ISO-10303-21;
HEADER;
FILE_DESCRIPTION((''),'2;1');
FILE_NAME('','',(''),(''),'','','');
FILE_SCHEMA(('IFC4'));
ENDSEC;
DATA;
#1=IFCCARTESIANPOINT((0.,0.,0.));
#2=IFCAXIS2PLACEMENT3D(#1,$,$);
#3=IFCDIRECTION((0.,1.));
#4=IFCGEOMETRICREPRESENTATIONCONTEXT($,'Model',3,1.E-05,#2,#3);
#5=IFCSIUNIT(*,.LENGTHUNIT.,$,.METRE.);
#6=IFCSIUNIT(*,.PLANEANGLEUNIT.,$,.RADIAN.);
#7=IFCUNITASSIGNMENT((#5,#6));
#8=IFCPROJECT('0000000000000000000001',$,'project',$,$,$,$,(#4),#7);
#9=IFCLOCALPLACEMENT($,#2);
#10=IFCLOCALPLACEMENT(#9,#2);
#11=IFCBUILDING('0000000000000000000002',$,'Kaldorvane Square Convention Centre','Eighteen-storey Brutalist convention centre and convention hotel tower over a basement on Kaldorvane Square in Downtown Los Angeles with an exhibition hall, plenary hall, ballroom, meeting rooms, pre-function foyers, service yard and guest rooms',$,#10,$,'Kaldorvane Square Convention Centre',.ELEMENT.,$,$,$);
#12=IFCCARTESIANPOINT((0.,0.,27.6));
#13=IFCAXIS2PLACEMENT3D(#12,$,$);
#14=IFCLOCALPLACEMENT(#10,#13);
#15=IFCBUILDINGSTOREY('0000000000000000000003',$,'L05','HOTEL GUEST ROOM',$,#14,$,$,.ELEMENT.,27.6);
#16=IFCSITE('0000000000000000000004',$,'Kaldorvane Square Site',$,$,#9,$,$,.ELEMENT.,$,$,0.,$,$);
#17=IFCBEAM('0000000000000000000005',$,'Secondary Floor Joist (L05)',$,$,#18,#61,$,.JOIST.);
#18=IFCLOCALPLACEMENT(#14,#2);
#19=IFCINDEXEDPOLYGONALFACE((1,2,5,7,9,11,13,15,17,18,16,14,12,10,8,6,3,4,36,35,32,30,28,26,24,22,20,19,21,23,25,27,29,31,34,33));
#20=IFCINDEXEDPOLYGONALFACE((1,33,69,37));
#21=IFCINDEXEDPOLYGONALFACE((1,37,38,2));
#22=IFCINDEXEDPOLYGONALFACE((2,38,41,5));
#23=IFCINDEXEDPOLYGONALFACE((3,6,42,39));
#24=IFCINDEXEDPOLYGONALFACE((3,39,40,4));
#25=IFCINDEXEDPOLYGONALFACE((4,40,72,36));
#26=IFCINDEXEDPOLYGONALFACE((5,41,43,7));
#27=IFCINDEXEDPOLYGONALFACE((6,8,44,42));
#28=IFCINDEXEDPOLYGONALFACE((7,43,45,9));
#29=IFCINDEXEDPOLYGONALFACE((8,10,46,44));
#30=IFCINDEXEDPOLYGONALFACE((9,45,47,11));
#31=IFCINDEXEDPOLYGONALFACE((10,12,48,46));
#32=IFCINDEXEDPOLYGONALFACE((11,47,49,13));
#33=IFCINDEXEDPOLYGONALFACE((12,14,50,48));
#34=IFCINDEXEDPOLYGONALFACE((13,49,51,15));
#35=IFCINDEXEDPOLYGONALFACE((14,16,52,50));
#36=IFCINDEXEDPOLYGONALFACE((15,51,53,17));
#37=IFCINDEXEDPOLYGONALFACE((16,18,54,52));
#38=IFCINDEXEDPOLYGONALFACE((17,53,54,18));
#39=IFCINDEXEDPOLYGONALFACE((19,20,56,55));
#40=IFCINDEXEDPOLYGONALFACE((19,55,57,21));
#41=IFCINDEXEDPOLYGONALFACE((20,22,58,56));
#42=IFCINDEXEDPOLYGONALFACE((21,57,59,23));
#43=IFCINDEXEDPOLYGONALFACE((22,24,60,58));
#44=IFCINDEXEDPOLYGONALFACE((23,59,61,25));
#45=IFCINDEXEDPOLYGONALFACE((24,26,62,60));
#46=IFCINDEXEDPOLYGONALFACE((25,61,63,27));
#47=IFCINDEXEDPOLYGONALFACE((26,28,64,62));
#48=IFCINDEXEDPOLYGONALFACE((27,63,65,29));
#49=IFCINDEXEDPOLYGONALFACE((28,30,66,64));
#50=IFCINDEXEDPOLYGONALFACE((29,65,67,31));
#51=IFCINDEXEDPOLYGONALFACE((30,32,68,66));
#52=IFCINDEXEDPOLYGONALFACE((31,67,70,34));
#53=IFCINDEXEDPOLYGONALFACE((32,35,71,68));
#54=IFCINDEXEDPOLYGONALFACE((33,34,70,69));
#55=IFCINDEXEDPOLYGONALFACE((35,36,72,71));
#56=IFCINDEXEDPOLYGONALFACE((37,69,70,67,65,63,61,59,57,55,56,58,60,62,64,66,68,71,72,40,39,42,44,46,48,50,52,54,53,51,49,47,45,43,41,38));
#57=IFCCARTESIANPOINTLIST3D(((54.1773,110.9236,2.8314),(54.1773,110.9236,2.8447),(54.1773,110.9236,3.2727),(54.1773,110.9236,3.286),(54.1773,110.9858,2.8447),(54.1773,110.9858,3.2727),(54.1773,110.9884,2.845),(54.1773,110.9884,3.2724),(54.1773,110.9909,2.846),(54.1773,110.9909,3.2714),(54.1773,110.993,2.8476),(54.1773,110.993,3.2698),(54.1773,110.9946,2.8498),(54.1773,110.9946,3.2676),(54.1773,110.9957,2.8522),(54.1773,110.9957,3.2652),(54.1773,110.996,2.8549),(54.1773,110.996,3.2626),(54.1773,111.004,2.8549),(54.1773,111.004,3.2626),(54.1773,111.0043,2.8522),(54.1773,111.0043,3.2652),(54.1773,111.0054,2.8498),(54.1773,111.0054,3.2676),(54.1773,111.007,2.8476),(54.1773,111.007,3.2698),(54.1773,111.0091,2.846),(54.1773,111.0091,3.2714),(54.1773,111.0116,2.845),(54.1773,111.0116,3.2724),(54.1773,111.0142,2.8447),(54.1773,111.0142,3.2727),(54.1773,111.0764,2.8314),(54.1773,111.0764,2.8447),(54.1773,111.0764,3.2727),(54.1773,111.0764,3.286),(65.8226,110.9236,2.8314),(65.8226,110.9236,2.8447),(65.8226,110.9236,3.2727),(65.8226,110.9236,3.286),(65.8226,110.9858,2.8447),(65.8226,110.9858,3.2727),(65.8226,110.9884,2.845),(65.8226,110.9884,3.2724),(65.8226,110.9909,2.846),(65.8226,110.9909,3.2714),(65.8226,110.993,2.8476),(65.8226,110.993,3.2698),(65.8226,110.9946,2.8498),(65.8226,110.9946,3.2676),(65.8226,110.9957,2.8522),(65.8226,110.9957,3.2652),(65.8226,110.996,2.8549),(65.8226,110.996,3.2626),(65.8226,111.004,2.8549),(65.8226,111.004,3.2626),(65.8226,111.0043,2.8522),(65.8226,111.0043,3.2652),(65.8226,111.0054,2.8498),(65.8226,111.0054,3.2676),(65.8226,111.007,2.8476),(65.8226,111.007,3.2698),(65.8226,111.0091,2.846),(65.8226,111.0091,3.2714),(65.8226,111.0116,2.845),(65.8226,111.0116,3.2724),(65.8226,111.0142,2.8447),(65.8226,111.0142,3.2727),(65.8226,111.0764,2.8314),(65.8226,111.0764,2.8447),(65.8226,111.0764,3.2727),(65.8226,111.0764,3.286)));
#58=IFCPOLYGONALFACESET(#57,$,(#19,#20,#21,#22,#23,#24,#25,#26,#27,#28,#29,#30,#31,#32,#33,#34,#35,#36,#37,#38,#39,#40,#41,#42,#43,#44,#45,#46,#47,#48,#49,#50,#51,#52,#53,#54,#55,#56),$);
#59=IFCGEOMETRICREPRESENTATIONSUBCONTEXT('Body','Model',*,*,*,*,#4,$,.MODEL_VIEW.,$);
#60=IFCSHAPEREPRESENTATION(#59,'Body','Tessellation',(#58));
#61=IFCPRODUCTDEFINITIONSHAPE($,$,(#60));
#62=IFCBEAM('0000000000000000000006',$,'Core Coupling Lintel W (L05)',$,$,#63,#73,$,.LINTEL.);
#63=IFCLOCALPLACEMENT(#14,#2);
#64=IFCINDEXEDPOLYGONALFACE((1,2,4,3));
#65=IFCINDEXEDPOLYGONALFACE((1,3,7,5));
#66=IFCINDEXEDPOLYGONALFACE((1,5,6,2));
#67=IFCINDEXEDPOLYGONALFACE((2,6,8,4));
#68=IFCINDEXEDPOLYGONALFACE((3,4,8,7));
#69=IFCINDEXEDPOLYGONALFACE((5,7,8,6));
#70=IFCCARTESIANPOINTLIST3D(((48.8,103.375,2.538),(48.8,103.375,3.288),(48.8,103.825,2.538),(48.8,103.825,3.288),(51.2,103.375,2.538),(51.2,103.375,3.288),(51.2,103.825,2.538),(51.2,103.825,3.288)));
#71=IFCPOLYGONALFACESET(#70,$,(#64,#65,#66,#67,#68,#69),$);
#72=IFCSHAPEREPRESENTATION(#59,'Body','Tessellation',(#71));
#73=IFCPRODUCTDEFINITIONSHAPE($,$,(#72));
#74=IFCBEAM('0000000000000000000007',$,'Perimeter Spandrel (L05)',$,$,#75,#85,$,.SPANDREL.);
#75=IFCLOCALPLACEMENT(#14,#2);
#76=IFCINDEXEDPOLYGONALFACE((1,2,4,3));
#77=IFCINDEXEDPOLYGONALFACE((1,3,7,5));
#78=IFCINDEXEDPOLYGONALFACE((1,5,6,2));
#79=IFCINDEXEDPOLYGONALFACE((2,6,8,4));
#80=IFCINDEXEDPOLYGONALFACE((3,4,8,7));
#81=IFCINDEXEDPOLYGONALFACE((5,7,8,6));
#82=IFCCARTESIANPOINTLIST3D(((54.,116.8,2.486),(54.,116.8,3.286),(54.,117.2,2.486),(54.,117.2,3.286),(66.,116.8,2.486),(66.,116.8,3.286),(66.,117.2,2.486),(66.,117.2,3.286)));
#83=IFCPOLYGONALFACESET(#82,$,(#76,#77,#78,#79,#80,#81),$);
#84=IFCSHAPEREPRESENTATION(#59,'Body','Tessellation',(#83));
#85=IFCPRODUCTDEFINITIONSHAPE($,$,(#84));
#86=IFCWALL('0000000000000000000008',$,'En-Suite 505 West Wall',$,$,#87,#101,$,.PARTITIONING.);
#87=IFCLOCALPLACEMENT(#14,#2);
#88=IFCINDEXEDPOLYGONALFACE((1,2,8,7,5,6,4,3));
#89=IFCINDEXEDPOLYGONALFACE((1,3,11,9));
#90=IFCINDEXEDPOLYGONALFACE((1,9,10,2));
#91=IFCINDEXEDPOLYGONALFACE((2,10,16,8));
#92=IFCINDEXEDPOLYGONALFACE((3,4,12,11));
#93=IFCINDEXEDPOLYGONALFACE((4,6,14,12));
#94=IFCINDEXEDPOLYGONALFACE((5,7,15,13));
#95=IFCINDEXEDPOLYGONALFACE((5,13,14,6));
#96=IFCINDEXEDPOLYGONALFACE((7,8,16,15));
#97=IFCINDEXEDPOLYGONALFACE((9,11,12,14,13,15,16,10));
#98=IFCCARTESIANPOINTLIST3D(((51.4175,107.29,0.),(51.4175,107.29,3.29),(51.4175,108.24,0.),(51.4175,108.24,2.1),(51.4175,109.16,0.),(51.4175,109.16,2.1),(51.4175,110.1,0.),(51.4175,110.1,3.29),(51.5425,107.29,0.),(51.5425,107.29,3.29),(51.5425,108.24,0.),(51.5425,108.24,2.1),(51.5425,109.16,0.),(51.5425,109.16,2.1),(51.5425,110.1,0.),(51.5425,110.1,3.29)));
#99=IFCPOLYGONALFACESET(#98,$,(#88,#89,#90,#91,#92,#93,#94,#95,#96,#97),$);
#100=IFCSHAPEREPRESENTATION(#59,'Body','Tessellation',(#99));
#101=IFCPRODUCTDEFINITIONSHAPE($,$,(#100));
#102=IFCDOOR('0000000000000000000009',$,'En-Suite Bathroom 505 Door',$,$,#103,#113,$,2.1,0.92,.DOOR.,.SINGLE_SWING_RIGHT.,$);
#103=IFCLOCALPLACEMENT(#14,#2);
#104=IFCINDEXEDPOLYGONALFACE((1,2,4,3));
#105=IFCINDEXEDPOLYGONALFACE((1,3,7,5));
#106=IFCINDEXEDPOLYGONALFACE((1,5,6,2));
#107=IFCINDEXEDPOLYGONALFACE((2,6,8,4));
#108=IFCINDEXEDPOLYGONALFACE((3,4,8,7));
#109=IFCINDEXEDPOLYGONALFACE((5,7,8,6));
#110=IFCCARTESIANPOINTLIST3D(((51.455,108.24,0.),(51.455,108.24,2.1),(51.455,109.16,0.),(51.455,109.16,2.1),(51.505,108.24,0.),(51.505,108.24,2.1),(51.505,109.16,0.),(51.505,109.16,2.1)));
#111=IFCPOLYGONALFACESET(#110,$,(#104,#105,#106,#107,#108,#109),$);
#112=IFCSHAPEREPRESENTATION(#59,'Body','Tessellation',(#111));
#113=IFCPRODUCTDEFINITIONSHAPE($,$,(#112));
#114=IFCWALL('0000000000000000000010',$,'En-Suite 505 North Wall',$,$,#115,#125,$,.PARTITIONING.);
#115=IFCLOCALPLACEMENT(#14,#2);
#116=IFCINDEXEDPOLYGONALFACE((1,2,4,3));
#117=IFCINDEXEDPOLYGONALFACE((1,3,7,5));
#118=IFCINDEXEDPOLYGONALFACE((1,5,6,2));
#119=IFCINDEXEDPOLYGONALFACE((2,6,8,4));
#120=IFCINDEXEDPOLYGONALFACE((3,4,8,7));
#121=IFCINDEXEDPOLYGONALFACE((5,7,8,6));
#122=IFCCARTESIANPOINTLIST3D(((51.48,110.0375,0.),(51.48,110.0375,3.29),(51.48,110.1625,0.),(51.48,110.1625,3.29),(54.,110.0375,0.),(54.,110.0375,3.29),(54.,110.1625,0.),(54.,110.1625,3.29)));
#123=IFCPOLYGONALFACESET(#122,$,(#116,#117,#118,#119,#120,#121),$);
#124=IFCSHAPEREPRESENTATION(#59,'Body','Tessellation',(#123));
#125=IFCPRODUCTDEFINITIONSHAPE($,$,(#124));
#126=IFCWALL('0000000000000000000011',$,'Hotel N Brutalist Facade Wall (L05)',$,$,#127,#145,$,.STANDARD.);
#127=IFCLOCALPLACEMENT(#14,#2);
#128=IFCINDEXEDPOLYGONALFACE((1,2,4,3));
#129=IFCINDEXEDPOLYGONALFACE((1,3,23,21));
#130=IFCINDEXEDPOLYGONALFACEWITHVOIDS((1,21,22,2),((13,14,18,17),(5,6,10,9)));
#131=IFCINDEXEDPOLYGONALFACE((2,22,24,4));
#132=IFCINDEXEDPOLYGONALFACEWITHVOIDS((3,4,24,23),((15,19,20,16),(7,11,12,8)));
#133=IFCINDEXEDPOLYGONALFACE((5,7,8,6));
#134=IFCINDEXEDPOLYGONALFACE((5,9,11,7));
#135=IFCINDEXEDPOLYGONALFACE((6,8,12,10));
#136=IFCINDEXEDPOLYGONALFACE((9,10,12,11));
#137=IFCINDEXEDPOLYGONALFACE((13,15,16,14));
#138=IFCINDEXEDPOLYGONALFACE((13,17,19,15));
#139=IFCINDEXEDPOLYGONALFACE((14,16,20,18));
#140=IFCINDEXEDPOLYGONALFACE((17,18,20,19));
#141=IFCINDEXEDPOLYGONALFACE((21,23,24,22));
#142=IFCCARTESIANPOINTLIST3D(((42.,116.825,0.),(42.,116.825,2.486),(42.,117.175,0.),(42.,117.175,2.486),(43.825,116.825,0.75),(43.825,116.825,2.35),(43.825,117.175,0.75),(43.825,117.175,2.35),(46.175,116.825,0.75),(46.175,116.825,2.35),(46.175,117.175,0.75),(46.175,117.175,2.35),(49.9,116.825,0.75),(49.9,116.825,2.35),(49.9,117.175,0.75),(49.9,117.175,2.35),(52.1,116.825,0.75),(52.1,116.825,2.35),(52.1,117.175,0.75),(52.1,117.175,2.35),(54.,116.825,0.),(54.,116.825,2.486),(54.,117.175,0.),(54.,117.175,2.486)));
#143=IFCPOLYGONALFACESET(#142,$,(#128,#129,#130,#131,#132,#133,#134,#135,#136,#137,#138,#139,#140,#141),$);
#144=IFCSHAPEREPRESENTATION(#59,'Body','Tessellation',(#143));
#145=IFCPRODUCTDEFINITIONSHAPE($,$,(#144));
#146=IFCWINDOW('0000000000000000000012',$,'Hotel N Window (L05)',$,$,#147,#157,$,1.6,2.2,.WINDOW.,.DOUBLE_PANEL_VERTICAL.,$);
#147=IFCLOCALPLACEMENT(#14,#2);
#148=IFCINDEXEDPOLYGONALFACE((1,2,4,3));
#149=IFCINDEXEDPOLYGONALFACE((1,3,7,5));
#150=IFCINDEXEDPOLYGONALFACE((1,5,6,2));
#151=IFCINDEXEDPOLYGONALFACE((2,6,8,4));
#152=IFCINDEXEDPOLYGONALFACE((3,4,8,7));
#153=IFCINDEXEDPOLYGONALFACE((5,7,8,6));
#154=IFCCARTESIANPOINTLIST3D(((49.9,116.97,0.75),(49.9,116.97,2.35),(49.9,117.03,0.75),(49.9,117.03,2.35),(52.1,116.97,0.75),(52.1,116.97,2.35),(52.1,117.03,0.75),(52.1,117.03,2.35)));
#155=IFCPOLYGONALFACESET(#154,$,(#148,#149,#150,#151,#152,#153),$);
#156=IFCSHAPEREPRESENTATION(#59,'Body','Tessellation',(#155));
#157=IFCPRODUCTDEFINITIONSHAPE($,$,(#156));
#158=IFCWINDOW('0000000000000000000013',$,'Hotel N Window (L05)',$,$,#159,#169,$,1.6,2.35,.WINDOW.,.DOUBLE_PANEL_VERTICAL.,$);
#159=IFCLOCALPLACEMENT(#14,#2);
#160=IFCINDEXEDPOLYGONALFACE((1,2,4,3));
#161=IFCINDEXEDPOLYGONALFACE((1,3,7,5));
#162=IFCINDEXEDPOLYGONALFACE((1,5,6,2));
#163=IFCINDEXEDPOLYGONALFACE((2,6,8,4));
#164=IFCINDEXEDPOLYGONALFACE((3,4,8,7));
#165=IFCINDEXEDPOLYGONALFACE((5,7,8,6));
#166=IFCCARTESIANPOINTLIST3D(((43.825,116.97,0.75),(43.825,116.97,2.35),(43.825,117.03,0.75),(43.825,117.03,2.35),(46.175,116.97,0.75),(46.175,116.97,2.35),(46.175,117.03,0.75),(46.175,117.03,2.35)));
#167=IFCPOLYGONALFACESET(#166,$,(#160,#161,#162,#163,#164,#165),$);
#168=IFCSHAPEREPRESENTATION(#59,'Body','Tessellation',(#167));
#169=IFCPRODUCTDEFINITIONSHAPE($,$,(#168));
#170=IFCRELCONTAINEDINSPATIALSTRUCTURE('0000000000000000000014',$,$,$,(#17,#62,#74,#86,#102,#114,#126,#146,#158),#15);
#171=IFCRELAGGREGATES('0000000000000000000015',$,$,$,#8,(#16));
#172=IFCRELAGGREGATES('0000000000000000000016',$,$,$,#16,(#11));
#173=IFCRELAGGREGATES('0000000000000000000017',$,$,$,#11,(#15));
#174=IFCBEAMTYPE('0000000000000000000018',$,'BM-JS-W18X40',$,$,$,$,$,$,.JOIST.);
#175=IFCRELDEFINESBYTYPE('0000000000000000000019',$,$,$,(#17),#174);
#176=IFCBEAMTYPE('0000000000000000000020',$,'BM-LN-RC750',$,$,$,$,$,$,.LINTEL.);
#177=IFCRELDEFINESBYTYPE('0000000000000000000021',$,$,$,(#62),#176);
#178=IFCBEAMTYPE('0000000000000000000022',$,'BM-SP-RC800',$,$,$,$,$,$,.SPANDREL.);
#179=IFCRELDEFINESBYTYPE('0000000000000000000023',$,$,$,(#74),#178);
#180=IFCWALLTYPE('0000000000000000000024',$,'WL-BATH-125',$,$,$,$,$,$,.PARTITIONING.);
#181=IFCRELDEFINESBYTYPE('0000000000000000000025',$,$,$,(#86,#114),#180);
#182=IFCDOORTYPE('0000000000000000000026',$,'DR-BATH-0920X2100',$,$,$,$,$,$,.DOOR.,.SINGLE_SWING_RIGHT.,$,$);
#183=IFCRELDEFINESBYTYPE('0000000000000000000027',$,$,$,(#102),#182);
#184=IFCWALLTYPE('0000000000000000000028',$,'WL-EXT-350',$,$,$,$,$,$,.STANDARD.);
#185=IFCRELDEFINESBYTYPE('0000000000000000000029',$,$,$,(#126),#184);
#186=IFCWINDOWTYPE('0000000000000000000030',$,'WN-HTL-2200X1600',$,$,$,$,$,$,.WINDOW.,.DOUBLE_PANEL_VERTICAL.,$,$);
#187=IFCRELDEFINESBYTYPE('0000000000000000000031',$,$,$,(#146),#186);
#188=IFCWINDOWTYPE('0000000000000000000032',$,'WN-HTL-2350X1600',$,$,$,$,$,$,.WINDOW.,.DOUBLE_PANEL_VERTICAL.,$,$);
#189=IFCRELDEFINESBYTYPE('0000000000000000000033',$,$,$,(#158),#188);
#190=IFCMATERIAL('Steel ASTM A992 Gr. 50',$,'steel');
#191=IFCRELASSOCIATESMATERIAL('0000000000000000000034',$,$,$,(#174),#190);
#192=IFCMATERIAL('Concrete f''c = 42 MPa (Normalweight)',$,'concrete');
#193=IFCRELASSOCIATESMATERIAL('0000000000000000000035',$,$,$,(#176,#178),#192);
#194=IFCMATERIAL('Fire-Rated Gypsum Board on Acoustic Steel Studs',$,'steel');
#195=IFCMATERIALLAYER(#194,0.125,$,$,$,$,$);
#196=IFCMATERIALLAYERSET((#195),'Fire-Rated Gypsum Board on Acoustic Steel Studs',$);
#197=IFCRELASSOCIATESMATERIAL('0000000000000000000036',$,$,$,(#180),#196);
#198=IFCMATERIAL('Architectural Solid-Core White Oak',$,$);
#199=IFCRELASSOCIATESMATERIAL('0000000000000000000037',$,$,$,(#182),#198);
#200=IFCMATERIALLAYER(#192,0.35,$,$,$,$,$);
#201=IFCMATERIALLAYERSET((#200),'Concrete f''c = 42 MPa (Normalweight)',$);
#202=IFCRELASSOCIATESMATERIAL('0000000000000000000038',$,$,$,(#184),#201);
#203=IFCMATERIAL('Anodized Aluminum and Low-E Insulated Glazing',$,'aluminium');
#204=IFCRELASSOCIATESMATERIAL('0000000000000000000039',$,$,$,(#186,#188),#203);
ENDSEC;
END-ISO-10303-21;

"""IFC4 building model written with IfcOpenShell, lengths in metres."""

from ifc_helpers import new_model, si_unit, direction, frame, frame_2d, origin, origin_2d, place, context, subcontext, project, spatial, rectangle, i_section, extrude, material, layer, layer_set, material_profile, profile_set, type_object, element, fill, save


model = new_model("IFC4")

# Units and contexts
model_context = context("Model", 3, precision=1e-05, world=origin(), true_north=direction((0.0, 1.0)))
body_context = subcontext(model_context, "Body", "Model", "MODEL_VIEW")
ifc_project = project(units=[si_unit("LENGTHUNIT", "METRE"), si_unit("PLANEANGLEUNIT", "RADIAN")], contexts=[model_context])

# Site, building, storey
site_placement = place(None, origin())
site = spatial("IfcSite", under=ifc_project, at=site_placement, Name="Kaldorvane Square Site", CompositionType="ELEMENT", RefElevation=0.0)
building_placement = place(site_placement, origin())
building = spatial("IfcBuilding", under=site, at=building_placement, Name="Kaldorvane Square Convention Centre", Description="Eighteen-storey Brutalist convention centre and convention hotel tower over a basement on Kaldorvane Square in Downtown Los Angeles with an exhibition hall, plenary hall, ballroom, meeting rooms, pre-function foyers, service yard and guest rooms", LongName="Kaldorvane Square Convention Centre", CompositionType="ELEMENT")
storey_placement = place(building_placement, frame((0.0, 0.0, 27.6)))
storey = spatial("IfcBuildingStorey", under=building, at=storey_placement, Name="L05", Description="HOTEL GUEST ROOM", CompositionType="ELEMENT", Elevation=27.6)

# Shared definitions
ifc_material_1 = material(Name="Steel ASTM A992 Gr. 50", Category="steel")

# Beams
ifc_material_profile_1 = material_profile(ifc_material_1, i_section(OverallWidth=0.1528, OverallDepth=0.4547, WebThickness=0.008, FlangeThickness=0.0133, FilletRadius=0.0102, at=origin_2d()), Name="W18X40")
ifc_profile_set_1 = profile_set([ifc_material_profile_1], Name="Steel ASTM A992 Gr. 50")
beam_type_1 = type_object("IfcBeamType", Name="BM-JS-W18X40", PredefinedType="JOIST", material=ifc_profile_set_1)
beam_1_placement = place(storey_placement, frame((54.1773, 111.0, 3.0587), z_axis=(1.0, 0.0, 0.0), x_axis=(0.0, 1.0, 0.0)))
element("IfcBeam", 1, at=beam_1_placement, inside=storey, type_object=beam_type_1, Name="Secondary Floor Joist (L05)", PredefinedType="JOIST", context=body_context, shape_type="SweptSolid", body=[
    extrude(i_section(OverallWidth=0.1528, OverallDepth=0.4547, WebThickness=0.008, FlangeThickness=0.0133, FilletRadius=0.0102, at=origin_2d()), origin(), (0.0, 0.0, 1.0), 11.6453),
])
ifc_material_2 = material(Name="Concrete f'c = 42 MPa (Normalweight)", Category="concrete")
ifc_material_profile_2 = material_profile(ifc_material_2, rectangle(XDim=0.45, YDim=0.75, at=origin_2d()), Name="RCLN750X450")
ifc_profile_set_2 = profile_set([ifc_material_profile_2], Name="Concrete f'c = 42 MPa (Normalweight)")
beam_type_2 = type_object("IfcBeamType", Name="BM-LN-RC750", PredefinedType="LINTEL", material=ifc_profile_set_2)
beam_2_placement = place(storey_placement, frame((48.8, 103.6, 2.913), z_axis=(1.0, 0.0, 0.0), x_axis=(0.0, 1.0, 0.0)))
element("IfcBeam", 2, at=beam_2_placement, inside=storey, type_object=beam_type_2, Name="Core Coupling Lintel W (L05)", PredefinedType="LINTEL", context=body_context, shape_type="SweptSolid", body=[
    extrude(rectangle(XDim=0.45, YDim=0.75, at=origin_2d()), origin(), (0.0, 0.0, 1.0), 2.4),
])
ifc_material_profile_3 = material_profile(ifc_material_2, rectangle(XDim=0.4, YDim=0.8, at=origin_2d()), Name="RCSP800X400")
ifc_profile_set_3 = profile_set([ifc_material_profile_3], Name="Concrete f'c = 42 MPa (Normalweight)")
beam_type_3 = type_object("IfcBeamType", Name="BM-SP-RC800", PredefinedType="SPANDREL", material=ifc_profile_set_3)
beam_3_placement = place(storey_placement, frame((54.0, 117.0, 2.886), z_axis=(1.0, 0.0, 0.0), x_axis=(0.0, 1.0, 0.0)))
element("IfcBeam", 3, at=beam_3_placement, inside=storey, type_object=beam_type_3, Name="Perimeter Spandrel (L05)", PredefinedType="SPANDREL", context=body_context, shape_type="SweptSolid", body=[
    extrude(rectangle(XDim=0.4, YDim=0.8, at=origin_2d()), origin(), (0.0, 0.0, 1.0), 12.0),
])

# Wall, opening, door
ifc_material_3 = material(Name="Fire-Rated Gypsum Board on Acoustic Steel Studs", Category="steel")
ifc_layer_1 = layer(ifc_material_3, 0.125)
ifc_layer_set_1 = layer_set([ifc_layer_1], Name="Fire-Rated Gypsum Board on Acoustic Steel Studs")
wall_type_1 = type_object("IfcWallType", Name="WL-BATH-125", PredefinedType="PARTITIONING", material=ifc_layer_set_1)
wall_1_placement = place(storey_placement, frame((51.48, 107.29, 0.0), z_axis=(0.0, 0.0, 1.0), x_axis=(0.0, 1.0, 0.0)))
wall_1 = element("IfcWall", 4, at=wall_1_placement, inside=storey, type_object=wall_type_1, Name="En-Suite 505 West Wall", PredefinedType="PARTITIONING", context=body_context, shape_type="SweptSolid", body=[
    extrude(rectangle(XDim=2.81, YDim=0.125, at=frame_2d((1.405, 0.0))), origin(), (0.0, 0.0, 1.0), 3.29),
])
opening_1_placement = place(wall_1_placement, frame((0.95, 0.0, 0.0)))
opening_1 = element("IfcOpeningElement", 5, at=opening_1_placement, cuts=wall_1, PredefinedType="OPENING", context=body_context, shape_type="SweptSolid", body=[
    extrude(rectangle(XDim=0.92, YDim=2.1, at=frame_2d((0.46, 1.05))), frame((0.0, 0.0775, 0.0), z_axis=(0.0, -1.0, 0.0), x_axis=(1.0, 0.0, 0.0)), (0.0, 0.0, 1.0), 0.155),
])
ifc_material_4 = material(Name="Architectural Solid-Core White Oak")
door_type_1 = type_object("IfcDoorType", Name="DR-BATH-0920X2100", OperationType="SINGLE_SWING_RIGHT", PredefinedType="DOOR", material=ifc_material_4)
door_1_placement = place(opening_1_placement, origin())
door_1 = element("IfcDoor", 6, at=door_1_placement, inside=storey, type_object=door_type_1, Name="En-Suite Bathroom 505 Door", OperationType="SINGLE_SWING_RIGHT", OverallHeight=2.1, OverallWidth=0.92, PredefinedType="DOOR", context=body_context, shape_type="SweptSolid", body=[
    extrude(rectangle(XDim=0.92, YDim=2.1, at=frame_2d((0.46, 1.05))), frame((0.0, 0.025, 0.0), z_axis=(0.0, -1.0, 0.0), x_axis=(1.0, 0.0, 0.0)), (0.0, 0.0, 1.0), 0.05),
])
fill(opening_1, door_1)

# Wall
wall_2_placement = place(storey_placement, frame((51.48, 110.1, 0.0), z_axis=(0.0, 0.0, 1.0), x_axis=(1.0, 0.0, 0.0)))
element("IfcWall", 7, at=wall_2_placement, inside=storey, type_object=wall_type_1, Name="En-Suite 505 North Wall", PredefinedType="PARTITIONING", context=body_context, shape_type="SweptSolid", body=[
    extrude(rectangle(XDim=2.52, YDim=0.125, at=frame_2d((1.26, 0.0))), origin(), (0.0, 0.0, 1.0), 3.29),
])

# Wall, openings, windows
ifc_layer_2 = layer(ifc_material_2, 0.35)
ifc_layer_set_2 = layer_set([ifc_layer_2], Name="Concrete f'c = 42 MPa (Normalweight)")
wall_type_2 = type_object("IfcWallType", Name="WL-EXT-350", PredefinedType="STANDARD", material=ifc_layer_set_2)
wall_3_placement = place(storey_placement, frame((54.0, 117.0, 0.0), z_axis=(0.0, 0.0, 1.0), x_axis=(-1.0, 0.0, 0.0)))
wall_3 = element("IfcWall", 8, at=wall_3_placement, inside=storey, type_object=wall_type_2, Name="Hotel N Brutalist Facade Wall (L05)", PredefinedType="STANDARD", context=body_context, shape_type="SweptSolid", body=[
    extrude(rectangle(XDim=12.0, YDim=0.35, at=frame_2d((6.0, 0.0))), origin(), (0.0, 0.0, 1.0), 2.486),
])
opening_2_placement = place(wall_3_placement, frame((1.9, 0.0, 0.75)))
opening_2 = element("IfcOpeningElement", 9, at=opening_2_placement, cuts=wall_3, PredefinedType="OPENING", context=body_context, shape_type="SweptSolid", body=[
    extrude(rectangle(XDim=2.2, YDim=1.6, at=frame_2d((1.1, 0.8))), frame((0.0, 0.19, 0.0), z_axis=(0.0, -1.0, 0.0), x_axis=(1.0, 0.0, 0.0)), (0.0, 0.0, 1.0), 0.38),
])
opening_3_placement = place(wall_3_placement, frame((7.825, 0.0, 0.75)))
opening_3 = element("IfcOpeningElement", 10, at=opening_3_placement, cuts=wall_3, PredefinedType="OPENING", context=body_context, shape_type="SweptSolid", body=[
    extrude(rectangle(XDim=2.35, YDim=1.6, at=frame_2d((1.175, 0.8))), frame((0.0, 0.19, 0.0), z_axis=(0.0, -1.0, 0.0), x_axis=(1.0, 0.0, 0.0)), (0.0, 0.0, 1.0), 0.38),
])
ifc_material_5 = material(Name="Anodized Aluminum and Low-E Insulated Glazing", Category="aluminium")
window_type_1 = type_object("IfcWindowType", Name="WN-HTL-2200X1600", PartitioningType="DOUBLE_PANEL_VERTICAL", PredefinedType="WINDOW", material=ifc_material_5)
window_1_placement = place(opening_2_placement, origin())
window_1 = element("IfcWindow", 11, at=window_1_placement, inside=storey, type_object=window_type_1, Name="Hotel N Window (L05)", OverallHeight=1.6, OverallWidth=2.2, PartitioningType="DOUBLE_PANEL_VERTICAL", PredefinedType="WINDOW", context=body_context, shape_type="SweptSolid", body=[
    extrude(rectangle(XDim=2.2, YDim=1.6, at=frame_2d((1.1, 0.8))), frame((0.0, 0.03, 0.0), z_axis=(0.0, -1.0, 0.0), x_axis=(1.0, 0.0, 0.0)), (0.0, 0.0, 1.0), 0.06),
])
fill(opening_2, window_1)
window_type_2 = type_object("IfcWindowType", Name="WN-HTL-2350X1600", PartitioningType="DOUBLE_PANEL_VERTICAL", PredefinedType="WINDOW", material=ifc_material_5)
window_2_placement = place(opening_3_placement, origin())
window_2 = element("IfcWindow", 12, at=window_2_placement, inside=storey, type_object=window_type_2, Name="Hotel N Window (L05)", OverallHeight=1.6, OverallWidth=2.35, PartitioningType="DOUBLE_PANEL_VERTICAL", PredefinedType="WINDOW", context=body_context, shape_type="SweptSolid", body=[
    extrude(rectangle(XDim=2.35, YDim=1.6, at=frame_2d((1.175, 0.8))), frame((0.0, 0.03, 0.0), z_axis=(0.0, -1.0, 0.0), x_axis=(1.0, 0.0, 0.0)), (0.0, 0.0, 1.0), 0.06),
])
fill(opening_3, window_2)

save(model, "model.ifc")
